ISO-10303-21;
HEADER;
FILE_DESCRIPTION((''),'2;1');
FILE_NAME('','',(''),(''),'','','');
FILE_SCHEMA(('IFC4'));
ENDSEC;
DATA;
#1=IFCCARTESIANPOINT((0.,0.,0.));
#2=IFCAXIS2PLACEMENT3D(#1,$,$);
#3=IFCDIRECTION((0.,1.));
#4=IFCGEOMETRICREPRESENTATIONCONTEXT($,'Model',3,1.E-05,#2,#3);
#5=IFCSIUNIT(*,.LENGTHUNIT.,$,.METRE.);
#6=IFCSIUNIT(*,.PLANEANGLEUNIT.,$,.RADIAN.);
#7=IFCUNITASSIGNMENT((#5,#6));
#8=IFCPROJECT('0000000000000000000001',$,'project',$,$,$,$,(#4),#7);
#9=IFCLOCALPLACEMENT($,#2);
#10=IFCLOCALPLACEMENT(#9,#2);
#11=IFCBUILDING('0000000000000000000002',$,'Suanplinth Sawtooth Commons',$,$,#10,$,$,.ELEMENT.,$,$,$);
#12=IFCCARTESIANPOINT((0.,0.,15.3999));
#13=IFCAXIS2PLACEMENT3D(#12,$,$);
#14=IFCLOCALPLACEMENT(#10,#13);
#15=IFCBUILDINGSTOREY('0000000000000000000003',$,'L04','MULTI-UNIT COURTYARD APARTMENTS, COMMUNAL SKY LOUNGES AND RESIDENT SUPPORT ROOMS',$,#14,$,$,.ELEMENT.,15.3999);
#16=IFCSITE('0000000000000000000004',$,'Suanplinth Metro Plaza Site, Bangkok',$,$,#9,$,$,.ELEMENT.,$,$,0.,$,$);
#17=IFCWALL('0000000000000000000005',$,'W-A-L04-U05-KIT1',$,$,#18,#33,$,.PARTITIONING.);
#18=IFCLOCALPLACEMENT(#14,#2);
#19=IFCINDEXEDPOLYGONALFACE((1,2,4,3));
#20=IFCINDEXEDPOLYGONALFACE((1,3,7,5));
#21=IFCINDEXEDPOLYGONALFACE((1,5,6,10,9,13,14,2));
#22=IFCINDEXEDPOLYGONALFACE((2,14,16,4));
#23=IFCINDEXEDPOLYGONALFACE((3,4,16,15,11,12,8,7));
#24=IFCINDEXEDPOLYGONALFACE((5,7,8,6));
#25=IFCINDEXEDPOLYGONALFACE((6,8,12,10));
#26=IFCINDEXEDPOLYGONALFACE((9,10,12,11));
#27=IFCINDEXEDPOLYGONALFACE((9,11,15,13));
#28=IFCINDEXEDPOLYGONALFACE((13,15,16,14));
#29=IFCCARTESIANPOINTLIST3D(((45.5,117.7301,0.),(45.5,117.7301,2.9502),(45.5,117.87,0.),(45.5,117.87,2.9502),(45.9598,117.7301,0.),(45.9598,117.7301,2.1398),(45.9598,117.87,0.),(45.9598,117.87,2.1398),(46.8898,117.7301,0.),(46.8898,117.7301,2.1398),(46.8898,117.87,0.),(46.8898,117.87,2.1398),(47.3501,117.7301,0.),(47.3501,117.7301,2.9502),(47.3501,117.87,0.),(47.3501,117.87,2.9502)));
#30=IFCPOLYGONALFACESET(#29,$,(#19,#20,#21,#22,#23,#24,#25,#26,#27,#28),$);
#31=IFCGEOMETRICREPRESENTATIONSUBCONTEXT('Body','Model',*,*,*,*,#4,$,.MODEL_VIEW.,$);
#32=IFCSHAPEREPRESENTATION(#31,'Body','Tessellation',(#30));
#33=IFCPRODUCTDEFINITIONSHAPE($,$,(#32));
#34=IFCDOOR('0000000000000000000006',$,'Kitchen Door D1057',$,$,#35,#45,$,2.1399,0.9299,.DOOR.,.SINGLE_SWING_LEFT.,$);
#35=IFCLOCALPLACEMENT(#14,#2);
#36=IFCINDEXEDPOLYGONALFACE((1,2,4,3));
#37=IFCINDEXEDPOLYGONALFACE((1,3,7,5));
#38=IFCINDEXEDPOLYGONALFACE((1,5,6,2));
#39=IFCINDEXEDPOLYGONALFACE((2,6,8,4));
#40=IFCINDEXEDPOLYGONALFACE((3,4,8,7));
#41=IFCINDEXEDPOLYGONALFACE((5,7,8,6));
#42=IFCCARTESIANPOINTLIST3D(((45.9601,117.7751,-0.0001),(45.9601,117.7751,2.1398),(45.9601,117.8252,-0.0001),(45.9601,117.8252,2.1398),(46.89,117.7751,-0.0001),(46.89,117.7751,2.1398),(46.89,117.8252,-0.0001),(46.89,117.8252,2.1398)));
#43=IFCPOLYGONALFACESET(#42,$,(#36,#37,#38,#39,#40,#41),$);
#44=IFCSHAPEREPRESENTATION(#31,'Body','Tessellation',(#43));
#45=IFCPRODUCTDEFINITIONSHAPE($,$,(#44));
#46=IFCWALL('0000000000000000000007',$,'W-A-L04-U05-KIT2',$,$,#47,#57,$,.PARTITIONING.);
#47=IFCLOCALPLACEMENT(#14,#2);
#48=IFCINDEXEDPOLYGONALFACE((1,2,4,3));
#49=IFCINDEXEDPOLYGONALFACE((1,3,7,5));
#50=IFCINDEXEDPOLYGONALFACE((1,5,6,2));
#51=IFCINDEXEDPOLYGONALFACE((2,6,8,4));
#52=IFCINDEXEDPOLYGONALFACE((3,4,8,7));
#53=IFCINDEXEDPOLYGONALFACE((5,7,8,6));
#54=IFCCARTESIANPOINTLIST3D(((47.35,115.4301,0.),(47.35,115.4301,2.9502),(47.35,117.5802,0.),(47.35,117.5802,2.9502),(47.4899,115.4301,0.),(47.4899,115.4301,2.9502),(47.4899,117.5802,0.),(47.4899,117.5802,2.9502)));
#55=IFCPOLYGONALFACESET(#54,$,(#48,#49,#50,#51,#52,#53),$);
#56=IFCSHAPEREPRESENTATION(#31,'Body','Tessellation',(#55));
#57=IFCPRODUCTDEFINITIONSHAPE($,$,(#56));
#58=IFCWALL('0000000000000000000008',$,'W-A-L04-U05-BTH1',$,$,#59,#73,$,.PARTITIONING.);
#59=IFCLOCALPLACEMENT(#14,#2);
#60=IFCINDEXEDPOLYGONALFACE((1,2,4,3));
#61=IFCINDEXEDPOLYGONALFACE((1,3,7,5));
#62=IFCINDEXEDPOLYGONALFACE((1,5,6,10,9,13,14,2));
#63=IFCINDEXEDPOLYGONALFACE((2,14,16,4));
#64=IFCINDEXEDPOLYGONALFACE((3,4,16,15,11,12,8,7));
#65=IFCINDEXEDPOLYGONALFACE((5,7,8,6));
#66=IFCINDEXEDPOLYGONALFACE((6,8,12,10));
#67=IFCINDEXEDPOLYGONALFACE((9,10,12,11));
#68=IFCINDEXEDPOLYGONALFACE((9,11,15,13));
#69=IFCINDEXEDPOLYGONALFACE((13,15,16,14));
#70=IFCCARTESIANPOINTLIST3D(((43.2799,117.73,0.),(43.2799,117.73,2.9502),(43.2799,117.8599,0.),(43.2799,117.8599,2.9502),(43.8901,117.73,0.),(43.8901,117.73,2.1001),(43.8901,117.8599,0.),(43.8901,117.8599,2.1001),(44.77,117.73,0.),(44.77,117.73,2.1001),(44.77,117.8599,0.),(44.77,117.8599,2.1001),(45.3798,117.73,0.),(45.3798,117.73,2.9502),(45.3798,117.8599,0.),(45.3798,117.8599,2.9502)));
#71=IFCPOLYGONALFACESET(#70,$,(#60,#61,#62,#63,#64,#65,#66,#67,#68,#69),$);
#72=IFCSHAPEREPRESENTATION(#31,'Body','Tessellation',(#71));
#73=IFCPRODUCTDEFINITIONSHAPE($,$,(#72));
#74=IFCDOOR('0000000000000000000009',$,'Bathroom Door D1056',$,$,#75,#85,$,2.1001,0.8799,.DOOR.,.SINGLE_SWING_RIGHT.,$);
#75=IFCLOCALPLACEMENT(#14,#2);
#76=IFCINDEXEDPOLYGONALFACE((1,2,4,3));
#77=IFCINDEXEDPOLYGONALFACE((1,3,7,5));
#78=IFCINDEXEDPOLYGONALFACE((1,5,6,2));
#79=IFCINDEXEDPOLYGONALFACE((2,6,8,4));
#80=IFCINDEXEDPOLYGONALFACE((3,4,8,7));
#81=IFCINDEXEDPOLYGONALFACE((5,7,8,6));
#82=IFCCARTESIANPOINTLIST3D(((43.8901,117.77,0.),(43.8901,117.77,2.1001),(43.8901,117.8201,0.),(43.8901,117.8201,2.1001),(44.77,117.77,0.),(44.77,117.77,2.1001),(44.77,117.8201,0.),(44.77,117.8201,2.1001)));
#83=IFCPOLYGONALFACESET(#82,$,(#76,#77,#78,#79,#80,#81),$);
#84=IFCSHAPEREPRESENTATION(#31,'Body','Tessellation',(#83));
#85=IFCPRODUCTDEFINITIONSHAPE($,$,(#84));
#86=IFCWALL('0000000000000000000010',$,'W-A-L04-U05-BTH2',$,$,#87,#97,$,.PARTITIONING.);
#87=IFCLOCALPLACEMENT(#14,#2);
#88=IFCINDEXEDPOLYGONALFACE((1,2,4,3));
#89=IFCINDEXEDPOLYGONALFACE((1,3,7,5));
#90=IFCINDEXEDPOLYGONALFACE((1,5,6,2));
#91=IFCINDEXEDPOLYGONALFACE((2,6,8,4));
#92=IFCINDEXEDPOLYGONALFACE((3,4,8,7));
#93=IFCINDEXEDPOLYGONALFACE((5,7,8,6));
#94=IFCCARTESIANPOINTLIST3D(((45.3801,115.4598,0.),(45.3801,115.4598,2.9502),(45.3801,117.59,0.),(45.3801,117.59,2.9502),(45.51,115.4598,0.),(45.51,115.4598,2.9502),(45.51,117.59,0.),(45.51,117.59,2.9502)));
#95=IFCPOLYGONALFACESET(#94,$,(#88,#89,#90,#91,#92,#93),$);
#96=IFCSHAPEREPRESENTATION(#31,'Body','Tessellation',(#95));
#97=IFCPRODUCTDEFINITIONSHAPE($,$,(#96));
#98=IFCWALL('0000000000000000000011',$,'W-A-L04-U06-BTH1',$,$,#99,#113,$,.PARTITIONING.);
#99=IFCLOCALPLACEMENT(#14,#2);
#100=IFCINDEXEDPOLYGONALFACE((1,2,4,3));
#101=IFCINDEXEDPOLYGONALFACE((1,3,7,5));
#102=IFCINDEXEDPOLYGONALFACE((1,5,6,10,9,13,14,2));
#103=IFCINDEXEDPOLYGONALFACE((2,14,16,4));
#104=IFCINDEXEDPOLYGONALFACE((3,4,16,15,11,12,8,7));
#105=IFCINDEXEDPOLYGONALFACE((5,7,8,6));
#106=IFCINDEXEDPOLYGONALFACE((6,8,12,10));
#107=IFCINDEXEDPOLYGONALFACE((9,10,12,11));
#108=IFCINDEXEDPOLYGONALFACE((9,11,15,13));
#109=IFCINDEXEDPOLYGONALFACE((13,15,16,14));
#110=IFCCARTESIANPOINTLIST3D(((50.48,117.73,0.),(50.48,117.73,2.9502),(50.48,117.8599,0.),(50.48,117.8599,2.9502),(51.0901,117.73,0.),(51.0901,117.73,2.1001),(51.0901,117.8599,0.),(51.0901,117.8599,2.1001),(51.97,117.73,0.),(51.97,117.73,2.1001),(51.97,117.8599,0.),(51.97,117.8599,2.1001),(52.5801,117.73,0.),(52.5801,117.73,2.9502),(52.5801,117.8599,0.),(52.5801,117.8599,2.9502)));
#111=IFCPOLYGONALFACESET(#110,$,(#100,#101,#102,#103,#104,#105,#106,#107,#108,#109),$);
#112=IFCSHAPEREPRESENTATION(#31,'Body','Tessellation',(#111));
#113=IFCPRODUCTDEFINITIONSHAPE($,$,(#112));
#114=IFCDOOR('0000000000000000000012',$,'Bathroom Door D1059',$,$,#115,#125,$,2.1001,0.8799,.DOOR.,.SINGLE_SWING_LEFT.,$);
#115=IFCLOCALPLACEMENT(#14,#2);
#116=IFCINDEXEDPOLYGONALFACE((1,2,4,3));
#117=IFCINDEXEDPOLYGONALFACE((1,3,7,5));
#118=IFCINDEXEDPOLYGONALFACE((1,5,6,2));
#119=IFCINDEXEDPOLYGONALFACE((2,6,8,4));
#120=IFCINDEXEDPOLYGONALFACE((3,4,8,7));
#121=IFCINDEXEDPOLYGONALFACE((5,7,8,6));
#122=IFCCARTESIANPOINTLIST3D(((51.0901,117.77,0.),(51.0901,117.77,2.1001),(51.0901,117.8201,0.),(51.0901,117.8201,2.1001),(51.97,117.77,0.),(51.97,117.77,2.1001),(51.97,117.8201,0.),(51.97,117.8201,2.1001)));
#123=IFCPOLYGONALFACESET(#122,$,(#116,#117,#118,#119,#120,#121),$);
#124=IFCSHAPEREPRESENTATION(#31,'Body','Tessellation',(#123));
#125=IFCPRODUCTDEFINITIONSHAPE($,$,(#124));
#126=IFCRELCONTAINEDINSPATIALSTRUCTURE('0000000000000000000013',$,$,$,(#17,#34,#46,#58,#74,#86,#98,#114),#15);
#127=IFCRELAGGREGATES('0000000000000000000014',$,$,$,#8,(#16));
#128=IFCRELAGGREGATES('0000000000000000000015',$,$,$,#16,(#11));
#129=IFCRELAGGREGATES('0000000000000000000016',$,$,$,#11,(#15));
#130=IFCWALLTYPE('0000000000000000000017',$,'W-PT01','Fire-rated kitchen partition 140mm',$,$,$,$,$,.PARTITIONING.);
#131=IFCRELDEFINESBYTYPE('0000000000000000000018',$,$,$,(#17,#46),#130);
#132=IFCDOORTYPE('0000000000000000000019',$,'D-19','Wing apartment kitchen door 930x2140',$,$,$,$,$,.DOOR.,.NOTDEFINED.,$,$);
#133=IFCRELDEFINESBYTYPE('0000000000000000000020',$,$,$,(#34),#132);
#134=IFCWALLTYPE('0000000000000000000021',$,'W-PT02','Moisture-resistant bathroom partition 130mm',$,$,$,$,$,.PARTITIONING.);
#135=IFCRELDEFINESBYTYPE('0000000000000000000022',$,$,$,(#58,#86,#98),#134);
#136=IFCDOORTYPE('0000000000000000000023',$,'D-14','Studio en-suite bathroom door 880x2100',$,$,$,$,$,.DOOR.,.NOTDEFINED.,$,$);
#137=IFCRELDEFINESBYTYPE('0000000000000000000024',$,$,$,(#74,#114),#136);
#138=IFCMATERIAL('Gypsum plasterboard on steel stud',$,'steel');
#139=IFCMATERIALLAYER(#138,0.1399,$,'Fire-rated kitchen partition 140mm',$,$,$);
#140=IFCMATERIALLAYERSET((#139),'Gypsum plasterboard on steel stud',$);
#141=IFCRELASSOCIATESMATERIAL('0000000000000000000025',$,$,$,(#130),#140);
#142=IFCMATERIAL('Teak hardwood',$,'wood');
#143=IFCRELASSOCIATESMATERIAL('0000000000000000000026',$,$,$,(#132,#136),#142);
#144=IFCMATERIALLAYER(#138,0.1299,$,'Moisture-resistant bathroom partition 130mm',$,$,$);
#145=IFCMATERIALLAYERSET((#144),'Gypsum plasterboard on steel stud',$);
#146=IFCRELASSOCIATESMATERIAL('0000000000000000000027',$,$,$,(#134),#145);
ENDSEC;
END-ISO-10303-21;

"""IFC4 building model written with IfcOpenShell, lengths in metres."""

from ifc_helpers import new_model, si_unit, direction, frame, frame_2d, origin, place, context, subcontext, project, spatial, rectangle, extrude, material, layer, layer_set, type_object, element, fill, save


model = new_model("IFC4")

# Units and contexts
model_context = context("Model", 3, precision=1e-05, world=origin(), true_north=direction((0.0, 1.0)))
body_context = subcontext(model_context, "Body", "Model", "MODEL_VIEW")
ifc_project = project(units=[si_unit("LENGTHUNIT", "METRE"), si_unit("PLANEANGLEUNIT", "RADIAN")], contexts=[model_context])

# Site, building, storey
site_placement = place(None, origin())
site = spatial("IfcSite", under=ifc_project, at=site_placement, Name="Suanplinth Metro Plaza Site, Bangkok", CompositionType="ELEMENT", RefElevation=0.0)
building_placement = place(site_placement, origin())
building = spatial("IfcBuilding", under=site, at=building_placement, Name="Suanplinth Sawtooth Commons", CompositionType="ELEMENT")
storey_placement = place(building_placement, frame((0.0, 0.0, 15.3999)))
storey = spatial("IfcBuildingStorey", under=building, at=storey_placement, Name="L04", Description="MULTI-UNIT COURTYARD APARTMENTS, COMMUNAL SKY LOUNGES AND RESIDENT SUPPORT ROOMS", CompositionType="ELEMENT", Elevation=15.3999)

# Wall, opening, door
ifc_material_1 = material(Name="Gypsum plasterboard on steel stud", Category="steel")
ifc_layer_1 = layer(ifc_material_1, 0.1399, Name="Fire-rated kitchen partition 140mm")
ifc_layer_set_1 = layer_set([ifc_layer_1], Name="Gypsum plasterboard on steel stud")
wall_type_1 = type_object("IfcWallType", Name="W-PT01", Description="Fire-rated kitchen partition 140mm", PredefinedType="PARTITIONING", material=ifc_layer_set_1)
wall_1_placement = place(storey_placement, frame((45.5, 117.8, 0.0), z_axis=(0.0, 0.0, 1.0), x_axis=(1.0, 0.0, 0.0)))
wall_1 = element("IfcWall", 1, at=wall_1_placement, inside=storey, type_object=wall_type_1, Name="W-A-L04-U05-KIT1", PredefinedType="PARTITIONING", context=body_context, shape_type="SweptSolid", body=[
    extrude(rectangle(XDim=1.8501, YDim=0.1399, at=frame_2d((0.925, 0.0))), origin(), (0.0, 0.0, 1.0), 2.9502),
])
opening_1_placement = place(wall_1_placement, frame((0.46, 0.0, 0.0)))
opening_1 = element("IfcOpeningElement", 2, at=opening_1_placement, cuts=wall_1, PredefinedType="OPENING", context=body_context, shape_type="SweptSolid", body=[
    extrude(rectangle(XDim=0.9299, YDim=2.1399, at=frame_2d((0.4648, 1.0698))), frame((0.0, 0.085, 0.0), z_axis=(0.0, -1.0, 0.0), x_axis=(1.0, 0.0, 0.0)), (0.0, 0.0, 1.0), 0.1697),
])
ifc_material_2 = material(Name="Teak hardwood", Category="wood")
door_type_1 = type_object("IfcDoorType", Name="D-19", Description="Wing apartment kitchen door 930x2140", OperationType="NOTDEFINED", PredefinedType="DOOR", material=ifc_material_2)
door_1_placement = place(opening_1_placement, frame((0.9299, 0.0, 0.0), z_axis=(0.0, 0.0, 1.0), x_axis=(-1.0, 0.0, 0.0)))
door_1 = element("IfcDoor", 3, at=door_1_placement, inside=storey, type_object=door_type_1, Name="Kitchen Door D1057", OperationType="SINGLE_SWING_LEFT", OverallHeight=2.1399, OverallWidth=0.9299, PredefinedType="DOOR", context=body_context, shape_type="SweptSolid", body=[
    extrude(rectangle(XDim=0.9299, YDim=2.1399, at=frame_2d((0.4648, 1.0698))), frame((0.0, 0.0249, 0.0), z_axis=(0.0, -1.0, 0.0), x_axis=(1.0, 0.0, 0.0)), (0.0, 0.0, 1.0), 0.05),
])
fill(opening_1, door_1)

# Wall
wall_2_placement = place(storey_placement, frame((47.4199, 115.4299, 0.0), z_axis=(0.0, 0.0, 1.0), x_axis=(0.0, 1.0, 0.0)))
element("IfcWall", 4, at=wall_2_placement, inside=storey, type_object=wall_type_1, Name="W-A-L04-U05-KIT2", PredefinedType="PARTITIONING", context=body_context, shape_type="SweptSolid", body=[
    extrude(rectangle(XDim=2.1501, YDim=0.1399, at=frame_2d((1.0752, 0.0))), origin(), (0.0, 0.0, 1.0), 2.9502),
])

# Wall, opening, door
ifc_layer_2 = layer(ifc_material_1, 0.1299, Name="Moisture-resistant bathroom partition 130mm")
ifc_layer_set_2 = layer_set([ifc_layer_2], Name="Gypsum plasterboard on steel stud")
wall_type_2 = type_object("IfcWallType", Name="W-PT02", Description="Moisture-resistant bathroom partition 130mm", PredefinedType="PARTITIONING", material=ifc_layer_set_2)
wall_3_placement = place(storey_placement, frame((43.28, 117.7949, 0.0), z_axis=(0.0, 0.0, 1.0), x_axis=(1.0, 0.0, 0.0)))
wall_3 = element("IfcWall", 5, at=wall_3_placement, inside=storey, type_object=wall_type_2, Name="W-A-L04-U05-BTH1", PredefinedType="PARTITIONING", context=body_context, shape_type="SweptSolid", body=[
    extrude(rectangle(XDim=2.0999, YDim=0.1299, at=frame_2d((1.0498, 0.0))), origin(), (0.0, 0.0, 1.0), 2.9502),
])
opening_2_placement = place(wall_3_placement, frame((0.6101, 0.0, 0.0)))
opening_2 = element("IfcOpeningElement", 6, at=opening_2_placement, cuts=wall_3, PredefinedType="OPENING", context=body_context, shape_type="SweptSolid", body=[
    extrude(rectangle(XDim=0.8799, YDim=2.1001, at=frame_2d((0.4399, 1.05))), frame((0.0, 0.0798, 0.0), z_axis=(0.0, -1.0, 0.0), x_axis=(1.0, 0.0, 0.0)), (0.0, 0.0, 1.0), 0.1597),
])
door_type_2 = type_object("IfcDoorType", Name="D-14", Description="Studio en-suite bathroom door 880x2100", OperationType="NOTDEFINED", PredefinedType="DOOR", material=ifc_material_2)
door_2_placement = place(opening_2_placement, frame((0.8799, 0.0, 0.0), z_axis=(0.0, 0.0, 1.0), x_axis=(-1.0, 0.0, 0.0)))
door_2 = element("IfcDoor", 7, at=door_2_placement, inside=storey, type_object=door_type_2, Name="Bathroom Door D1056", OperationType="SINGLE_SWING_RIGHT", OverallHeight=2.1001, OverallWidth=0.8799, PredefinedType="DOOR", context=body_context, shape_type="SweptSolid", body=[
    extrude(rectangle(XDim=0.8799, YDim=2.1001, at=frame_2d((0.4399, 1.05))), frame((0.0, 0.0249, 0.0), z_axis=(0.0, -1.0, 0.0), x_axis=(1.0, 0.0, 0.0)), (0.0, 0.0, 1.0), 0.05),
])
fill(opening_2, door_2)

# Wall
wall_4_placement = place(storey_placement, frame((45.4451, 115.46, 0.0), z_axis=(0.0, 0.0, 1.0), x_axis=(0.0, 1.0, 0.0)))
element("IfcWall", 8, at=wall_4_placement, inside=storey, type_object=wall_type_2, Name="W-A-L04-U05-BTH2", PredefinedType="PARTITIONING", context=body_context, shape_type="SweptSolid", body=[
    extrude(rectangle(XDim=2.1301, YDim=0.1299, at=frame_2d((1.0649, 0.0))), origin(), (0.0, 0.0, 1.0), 2.9502),
])

# Wall, opening, door
wall_5_placement = place(storey_placement, frame((50.48, 117.7949, 0.0), z_axis=(0.0, 0.0, 1.0), x_axis=(1.0, 0.0, 0.0)))
wall_5 = element("IfcWall", 9, at=wall_5_placement, inside=storey, type_object=wall_type_2, Name="W-A-L04-U06-BTH1", PredefinedType="PARTITIONING", context=body_context, shape_type="SweptSolid", body=[
    extrude(rectangle(XDim=2.1001, YDim=0.1299, at=frame_2d((1.05, 0.0))), origin(), (0.0, 0.0, 1.0), 2.9502),
])
opening_3_placement = place(wall_5_placement, frame((0.6101, 0.0, 0.0)))
opening_3 = element("IfcOpeningElement", 10, at=opening_3_placement, cuts=wall_5, PredefinedType="OPENING", context=body_context, shape_type="SweptSolid", body=[
    extrude(rectangle(XDim=0.8799, YDim=2.1001, at=frame_2d((0.4399, 1.05))), frame((0.0, 0.0798, 0.0), z_axis=(0.0, -1.0, 0.0), x_axis=(1.0, 0.0, 0.0)), (0.0, 0.0, 1.0), 0.1597),
])
door_3_placement = place(opening_3_placement, frame((0.8799, 0.0, 0.0), z_axis=(0.0, 0.0, 1.0), x_axis=(-1.0, 0.0, 0.0)))
door_3 = element("IfcDoor", 11, at=door_3_placement, inside=storey, type_object=door_type_2, Name="Bathroom Door D1059", OperationType="SINGLE_SWING_LEFT", OverallHeight=2.1001, OverallWidth=0.8799, PredefinedType="DOOR", context=body_context, shape_type="SweptSolid", body=[
    extrude(rectangle(XDim=0.8799, YDim=2.1001, at=frame_2d((0.4399, 1.05))), frame((0.0, 0.0249, 0.0), z_axis=(0.0, -1.0, 0.0), x_axis=(1.0, 0.0, 0.0)), (0.0, 0.0, 1.0), 0.05),
])
fill(opening_3, door_3)

save(model, "model.ifc")
